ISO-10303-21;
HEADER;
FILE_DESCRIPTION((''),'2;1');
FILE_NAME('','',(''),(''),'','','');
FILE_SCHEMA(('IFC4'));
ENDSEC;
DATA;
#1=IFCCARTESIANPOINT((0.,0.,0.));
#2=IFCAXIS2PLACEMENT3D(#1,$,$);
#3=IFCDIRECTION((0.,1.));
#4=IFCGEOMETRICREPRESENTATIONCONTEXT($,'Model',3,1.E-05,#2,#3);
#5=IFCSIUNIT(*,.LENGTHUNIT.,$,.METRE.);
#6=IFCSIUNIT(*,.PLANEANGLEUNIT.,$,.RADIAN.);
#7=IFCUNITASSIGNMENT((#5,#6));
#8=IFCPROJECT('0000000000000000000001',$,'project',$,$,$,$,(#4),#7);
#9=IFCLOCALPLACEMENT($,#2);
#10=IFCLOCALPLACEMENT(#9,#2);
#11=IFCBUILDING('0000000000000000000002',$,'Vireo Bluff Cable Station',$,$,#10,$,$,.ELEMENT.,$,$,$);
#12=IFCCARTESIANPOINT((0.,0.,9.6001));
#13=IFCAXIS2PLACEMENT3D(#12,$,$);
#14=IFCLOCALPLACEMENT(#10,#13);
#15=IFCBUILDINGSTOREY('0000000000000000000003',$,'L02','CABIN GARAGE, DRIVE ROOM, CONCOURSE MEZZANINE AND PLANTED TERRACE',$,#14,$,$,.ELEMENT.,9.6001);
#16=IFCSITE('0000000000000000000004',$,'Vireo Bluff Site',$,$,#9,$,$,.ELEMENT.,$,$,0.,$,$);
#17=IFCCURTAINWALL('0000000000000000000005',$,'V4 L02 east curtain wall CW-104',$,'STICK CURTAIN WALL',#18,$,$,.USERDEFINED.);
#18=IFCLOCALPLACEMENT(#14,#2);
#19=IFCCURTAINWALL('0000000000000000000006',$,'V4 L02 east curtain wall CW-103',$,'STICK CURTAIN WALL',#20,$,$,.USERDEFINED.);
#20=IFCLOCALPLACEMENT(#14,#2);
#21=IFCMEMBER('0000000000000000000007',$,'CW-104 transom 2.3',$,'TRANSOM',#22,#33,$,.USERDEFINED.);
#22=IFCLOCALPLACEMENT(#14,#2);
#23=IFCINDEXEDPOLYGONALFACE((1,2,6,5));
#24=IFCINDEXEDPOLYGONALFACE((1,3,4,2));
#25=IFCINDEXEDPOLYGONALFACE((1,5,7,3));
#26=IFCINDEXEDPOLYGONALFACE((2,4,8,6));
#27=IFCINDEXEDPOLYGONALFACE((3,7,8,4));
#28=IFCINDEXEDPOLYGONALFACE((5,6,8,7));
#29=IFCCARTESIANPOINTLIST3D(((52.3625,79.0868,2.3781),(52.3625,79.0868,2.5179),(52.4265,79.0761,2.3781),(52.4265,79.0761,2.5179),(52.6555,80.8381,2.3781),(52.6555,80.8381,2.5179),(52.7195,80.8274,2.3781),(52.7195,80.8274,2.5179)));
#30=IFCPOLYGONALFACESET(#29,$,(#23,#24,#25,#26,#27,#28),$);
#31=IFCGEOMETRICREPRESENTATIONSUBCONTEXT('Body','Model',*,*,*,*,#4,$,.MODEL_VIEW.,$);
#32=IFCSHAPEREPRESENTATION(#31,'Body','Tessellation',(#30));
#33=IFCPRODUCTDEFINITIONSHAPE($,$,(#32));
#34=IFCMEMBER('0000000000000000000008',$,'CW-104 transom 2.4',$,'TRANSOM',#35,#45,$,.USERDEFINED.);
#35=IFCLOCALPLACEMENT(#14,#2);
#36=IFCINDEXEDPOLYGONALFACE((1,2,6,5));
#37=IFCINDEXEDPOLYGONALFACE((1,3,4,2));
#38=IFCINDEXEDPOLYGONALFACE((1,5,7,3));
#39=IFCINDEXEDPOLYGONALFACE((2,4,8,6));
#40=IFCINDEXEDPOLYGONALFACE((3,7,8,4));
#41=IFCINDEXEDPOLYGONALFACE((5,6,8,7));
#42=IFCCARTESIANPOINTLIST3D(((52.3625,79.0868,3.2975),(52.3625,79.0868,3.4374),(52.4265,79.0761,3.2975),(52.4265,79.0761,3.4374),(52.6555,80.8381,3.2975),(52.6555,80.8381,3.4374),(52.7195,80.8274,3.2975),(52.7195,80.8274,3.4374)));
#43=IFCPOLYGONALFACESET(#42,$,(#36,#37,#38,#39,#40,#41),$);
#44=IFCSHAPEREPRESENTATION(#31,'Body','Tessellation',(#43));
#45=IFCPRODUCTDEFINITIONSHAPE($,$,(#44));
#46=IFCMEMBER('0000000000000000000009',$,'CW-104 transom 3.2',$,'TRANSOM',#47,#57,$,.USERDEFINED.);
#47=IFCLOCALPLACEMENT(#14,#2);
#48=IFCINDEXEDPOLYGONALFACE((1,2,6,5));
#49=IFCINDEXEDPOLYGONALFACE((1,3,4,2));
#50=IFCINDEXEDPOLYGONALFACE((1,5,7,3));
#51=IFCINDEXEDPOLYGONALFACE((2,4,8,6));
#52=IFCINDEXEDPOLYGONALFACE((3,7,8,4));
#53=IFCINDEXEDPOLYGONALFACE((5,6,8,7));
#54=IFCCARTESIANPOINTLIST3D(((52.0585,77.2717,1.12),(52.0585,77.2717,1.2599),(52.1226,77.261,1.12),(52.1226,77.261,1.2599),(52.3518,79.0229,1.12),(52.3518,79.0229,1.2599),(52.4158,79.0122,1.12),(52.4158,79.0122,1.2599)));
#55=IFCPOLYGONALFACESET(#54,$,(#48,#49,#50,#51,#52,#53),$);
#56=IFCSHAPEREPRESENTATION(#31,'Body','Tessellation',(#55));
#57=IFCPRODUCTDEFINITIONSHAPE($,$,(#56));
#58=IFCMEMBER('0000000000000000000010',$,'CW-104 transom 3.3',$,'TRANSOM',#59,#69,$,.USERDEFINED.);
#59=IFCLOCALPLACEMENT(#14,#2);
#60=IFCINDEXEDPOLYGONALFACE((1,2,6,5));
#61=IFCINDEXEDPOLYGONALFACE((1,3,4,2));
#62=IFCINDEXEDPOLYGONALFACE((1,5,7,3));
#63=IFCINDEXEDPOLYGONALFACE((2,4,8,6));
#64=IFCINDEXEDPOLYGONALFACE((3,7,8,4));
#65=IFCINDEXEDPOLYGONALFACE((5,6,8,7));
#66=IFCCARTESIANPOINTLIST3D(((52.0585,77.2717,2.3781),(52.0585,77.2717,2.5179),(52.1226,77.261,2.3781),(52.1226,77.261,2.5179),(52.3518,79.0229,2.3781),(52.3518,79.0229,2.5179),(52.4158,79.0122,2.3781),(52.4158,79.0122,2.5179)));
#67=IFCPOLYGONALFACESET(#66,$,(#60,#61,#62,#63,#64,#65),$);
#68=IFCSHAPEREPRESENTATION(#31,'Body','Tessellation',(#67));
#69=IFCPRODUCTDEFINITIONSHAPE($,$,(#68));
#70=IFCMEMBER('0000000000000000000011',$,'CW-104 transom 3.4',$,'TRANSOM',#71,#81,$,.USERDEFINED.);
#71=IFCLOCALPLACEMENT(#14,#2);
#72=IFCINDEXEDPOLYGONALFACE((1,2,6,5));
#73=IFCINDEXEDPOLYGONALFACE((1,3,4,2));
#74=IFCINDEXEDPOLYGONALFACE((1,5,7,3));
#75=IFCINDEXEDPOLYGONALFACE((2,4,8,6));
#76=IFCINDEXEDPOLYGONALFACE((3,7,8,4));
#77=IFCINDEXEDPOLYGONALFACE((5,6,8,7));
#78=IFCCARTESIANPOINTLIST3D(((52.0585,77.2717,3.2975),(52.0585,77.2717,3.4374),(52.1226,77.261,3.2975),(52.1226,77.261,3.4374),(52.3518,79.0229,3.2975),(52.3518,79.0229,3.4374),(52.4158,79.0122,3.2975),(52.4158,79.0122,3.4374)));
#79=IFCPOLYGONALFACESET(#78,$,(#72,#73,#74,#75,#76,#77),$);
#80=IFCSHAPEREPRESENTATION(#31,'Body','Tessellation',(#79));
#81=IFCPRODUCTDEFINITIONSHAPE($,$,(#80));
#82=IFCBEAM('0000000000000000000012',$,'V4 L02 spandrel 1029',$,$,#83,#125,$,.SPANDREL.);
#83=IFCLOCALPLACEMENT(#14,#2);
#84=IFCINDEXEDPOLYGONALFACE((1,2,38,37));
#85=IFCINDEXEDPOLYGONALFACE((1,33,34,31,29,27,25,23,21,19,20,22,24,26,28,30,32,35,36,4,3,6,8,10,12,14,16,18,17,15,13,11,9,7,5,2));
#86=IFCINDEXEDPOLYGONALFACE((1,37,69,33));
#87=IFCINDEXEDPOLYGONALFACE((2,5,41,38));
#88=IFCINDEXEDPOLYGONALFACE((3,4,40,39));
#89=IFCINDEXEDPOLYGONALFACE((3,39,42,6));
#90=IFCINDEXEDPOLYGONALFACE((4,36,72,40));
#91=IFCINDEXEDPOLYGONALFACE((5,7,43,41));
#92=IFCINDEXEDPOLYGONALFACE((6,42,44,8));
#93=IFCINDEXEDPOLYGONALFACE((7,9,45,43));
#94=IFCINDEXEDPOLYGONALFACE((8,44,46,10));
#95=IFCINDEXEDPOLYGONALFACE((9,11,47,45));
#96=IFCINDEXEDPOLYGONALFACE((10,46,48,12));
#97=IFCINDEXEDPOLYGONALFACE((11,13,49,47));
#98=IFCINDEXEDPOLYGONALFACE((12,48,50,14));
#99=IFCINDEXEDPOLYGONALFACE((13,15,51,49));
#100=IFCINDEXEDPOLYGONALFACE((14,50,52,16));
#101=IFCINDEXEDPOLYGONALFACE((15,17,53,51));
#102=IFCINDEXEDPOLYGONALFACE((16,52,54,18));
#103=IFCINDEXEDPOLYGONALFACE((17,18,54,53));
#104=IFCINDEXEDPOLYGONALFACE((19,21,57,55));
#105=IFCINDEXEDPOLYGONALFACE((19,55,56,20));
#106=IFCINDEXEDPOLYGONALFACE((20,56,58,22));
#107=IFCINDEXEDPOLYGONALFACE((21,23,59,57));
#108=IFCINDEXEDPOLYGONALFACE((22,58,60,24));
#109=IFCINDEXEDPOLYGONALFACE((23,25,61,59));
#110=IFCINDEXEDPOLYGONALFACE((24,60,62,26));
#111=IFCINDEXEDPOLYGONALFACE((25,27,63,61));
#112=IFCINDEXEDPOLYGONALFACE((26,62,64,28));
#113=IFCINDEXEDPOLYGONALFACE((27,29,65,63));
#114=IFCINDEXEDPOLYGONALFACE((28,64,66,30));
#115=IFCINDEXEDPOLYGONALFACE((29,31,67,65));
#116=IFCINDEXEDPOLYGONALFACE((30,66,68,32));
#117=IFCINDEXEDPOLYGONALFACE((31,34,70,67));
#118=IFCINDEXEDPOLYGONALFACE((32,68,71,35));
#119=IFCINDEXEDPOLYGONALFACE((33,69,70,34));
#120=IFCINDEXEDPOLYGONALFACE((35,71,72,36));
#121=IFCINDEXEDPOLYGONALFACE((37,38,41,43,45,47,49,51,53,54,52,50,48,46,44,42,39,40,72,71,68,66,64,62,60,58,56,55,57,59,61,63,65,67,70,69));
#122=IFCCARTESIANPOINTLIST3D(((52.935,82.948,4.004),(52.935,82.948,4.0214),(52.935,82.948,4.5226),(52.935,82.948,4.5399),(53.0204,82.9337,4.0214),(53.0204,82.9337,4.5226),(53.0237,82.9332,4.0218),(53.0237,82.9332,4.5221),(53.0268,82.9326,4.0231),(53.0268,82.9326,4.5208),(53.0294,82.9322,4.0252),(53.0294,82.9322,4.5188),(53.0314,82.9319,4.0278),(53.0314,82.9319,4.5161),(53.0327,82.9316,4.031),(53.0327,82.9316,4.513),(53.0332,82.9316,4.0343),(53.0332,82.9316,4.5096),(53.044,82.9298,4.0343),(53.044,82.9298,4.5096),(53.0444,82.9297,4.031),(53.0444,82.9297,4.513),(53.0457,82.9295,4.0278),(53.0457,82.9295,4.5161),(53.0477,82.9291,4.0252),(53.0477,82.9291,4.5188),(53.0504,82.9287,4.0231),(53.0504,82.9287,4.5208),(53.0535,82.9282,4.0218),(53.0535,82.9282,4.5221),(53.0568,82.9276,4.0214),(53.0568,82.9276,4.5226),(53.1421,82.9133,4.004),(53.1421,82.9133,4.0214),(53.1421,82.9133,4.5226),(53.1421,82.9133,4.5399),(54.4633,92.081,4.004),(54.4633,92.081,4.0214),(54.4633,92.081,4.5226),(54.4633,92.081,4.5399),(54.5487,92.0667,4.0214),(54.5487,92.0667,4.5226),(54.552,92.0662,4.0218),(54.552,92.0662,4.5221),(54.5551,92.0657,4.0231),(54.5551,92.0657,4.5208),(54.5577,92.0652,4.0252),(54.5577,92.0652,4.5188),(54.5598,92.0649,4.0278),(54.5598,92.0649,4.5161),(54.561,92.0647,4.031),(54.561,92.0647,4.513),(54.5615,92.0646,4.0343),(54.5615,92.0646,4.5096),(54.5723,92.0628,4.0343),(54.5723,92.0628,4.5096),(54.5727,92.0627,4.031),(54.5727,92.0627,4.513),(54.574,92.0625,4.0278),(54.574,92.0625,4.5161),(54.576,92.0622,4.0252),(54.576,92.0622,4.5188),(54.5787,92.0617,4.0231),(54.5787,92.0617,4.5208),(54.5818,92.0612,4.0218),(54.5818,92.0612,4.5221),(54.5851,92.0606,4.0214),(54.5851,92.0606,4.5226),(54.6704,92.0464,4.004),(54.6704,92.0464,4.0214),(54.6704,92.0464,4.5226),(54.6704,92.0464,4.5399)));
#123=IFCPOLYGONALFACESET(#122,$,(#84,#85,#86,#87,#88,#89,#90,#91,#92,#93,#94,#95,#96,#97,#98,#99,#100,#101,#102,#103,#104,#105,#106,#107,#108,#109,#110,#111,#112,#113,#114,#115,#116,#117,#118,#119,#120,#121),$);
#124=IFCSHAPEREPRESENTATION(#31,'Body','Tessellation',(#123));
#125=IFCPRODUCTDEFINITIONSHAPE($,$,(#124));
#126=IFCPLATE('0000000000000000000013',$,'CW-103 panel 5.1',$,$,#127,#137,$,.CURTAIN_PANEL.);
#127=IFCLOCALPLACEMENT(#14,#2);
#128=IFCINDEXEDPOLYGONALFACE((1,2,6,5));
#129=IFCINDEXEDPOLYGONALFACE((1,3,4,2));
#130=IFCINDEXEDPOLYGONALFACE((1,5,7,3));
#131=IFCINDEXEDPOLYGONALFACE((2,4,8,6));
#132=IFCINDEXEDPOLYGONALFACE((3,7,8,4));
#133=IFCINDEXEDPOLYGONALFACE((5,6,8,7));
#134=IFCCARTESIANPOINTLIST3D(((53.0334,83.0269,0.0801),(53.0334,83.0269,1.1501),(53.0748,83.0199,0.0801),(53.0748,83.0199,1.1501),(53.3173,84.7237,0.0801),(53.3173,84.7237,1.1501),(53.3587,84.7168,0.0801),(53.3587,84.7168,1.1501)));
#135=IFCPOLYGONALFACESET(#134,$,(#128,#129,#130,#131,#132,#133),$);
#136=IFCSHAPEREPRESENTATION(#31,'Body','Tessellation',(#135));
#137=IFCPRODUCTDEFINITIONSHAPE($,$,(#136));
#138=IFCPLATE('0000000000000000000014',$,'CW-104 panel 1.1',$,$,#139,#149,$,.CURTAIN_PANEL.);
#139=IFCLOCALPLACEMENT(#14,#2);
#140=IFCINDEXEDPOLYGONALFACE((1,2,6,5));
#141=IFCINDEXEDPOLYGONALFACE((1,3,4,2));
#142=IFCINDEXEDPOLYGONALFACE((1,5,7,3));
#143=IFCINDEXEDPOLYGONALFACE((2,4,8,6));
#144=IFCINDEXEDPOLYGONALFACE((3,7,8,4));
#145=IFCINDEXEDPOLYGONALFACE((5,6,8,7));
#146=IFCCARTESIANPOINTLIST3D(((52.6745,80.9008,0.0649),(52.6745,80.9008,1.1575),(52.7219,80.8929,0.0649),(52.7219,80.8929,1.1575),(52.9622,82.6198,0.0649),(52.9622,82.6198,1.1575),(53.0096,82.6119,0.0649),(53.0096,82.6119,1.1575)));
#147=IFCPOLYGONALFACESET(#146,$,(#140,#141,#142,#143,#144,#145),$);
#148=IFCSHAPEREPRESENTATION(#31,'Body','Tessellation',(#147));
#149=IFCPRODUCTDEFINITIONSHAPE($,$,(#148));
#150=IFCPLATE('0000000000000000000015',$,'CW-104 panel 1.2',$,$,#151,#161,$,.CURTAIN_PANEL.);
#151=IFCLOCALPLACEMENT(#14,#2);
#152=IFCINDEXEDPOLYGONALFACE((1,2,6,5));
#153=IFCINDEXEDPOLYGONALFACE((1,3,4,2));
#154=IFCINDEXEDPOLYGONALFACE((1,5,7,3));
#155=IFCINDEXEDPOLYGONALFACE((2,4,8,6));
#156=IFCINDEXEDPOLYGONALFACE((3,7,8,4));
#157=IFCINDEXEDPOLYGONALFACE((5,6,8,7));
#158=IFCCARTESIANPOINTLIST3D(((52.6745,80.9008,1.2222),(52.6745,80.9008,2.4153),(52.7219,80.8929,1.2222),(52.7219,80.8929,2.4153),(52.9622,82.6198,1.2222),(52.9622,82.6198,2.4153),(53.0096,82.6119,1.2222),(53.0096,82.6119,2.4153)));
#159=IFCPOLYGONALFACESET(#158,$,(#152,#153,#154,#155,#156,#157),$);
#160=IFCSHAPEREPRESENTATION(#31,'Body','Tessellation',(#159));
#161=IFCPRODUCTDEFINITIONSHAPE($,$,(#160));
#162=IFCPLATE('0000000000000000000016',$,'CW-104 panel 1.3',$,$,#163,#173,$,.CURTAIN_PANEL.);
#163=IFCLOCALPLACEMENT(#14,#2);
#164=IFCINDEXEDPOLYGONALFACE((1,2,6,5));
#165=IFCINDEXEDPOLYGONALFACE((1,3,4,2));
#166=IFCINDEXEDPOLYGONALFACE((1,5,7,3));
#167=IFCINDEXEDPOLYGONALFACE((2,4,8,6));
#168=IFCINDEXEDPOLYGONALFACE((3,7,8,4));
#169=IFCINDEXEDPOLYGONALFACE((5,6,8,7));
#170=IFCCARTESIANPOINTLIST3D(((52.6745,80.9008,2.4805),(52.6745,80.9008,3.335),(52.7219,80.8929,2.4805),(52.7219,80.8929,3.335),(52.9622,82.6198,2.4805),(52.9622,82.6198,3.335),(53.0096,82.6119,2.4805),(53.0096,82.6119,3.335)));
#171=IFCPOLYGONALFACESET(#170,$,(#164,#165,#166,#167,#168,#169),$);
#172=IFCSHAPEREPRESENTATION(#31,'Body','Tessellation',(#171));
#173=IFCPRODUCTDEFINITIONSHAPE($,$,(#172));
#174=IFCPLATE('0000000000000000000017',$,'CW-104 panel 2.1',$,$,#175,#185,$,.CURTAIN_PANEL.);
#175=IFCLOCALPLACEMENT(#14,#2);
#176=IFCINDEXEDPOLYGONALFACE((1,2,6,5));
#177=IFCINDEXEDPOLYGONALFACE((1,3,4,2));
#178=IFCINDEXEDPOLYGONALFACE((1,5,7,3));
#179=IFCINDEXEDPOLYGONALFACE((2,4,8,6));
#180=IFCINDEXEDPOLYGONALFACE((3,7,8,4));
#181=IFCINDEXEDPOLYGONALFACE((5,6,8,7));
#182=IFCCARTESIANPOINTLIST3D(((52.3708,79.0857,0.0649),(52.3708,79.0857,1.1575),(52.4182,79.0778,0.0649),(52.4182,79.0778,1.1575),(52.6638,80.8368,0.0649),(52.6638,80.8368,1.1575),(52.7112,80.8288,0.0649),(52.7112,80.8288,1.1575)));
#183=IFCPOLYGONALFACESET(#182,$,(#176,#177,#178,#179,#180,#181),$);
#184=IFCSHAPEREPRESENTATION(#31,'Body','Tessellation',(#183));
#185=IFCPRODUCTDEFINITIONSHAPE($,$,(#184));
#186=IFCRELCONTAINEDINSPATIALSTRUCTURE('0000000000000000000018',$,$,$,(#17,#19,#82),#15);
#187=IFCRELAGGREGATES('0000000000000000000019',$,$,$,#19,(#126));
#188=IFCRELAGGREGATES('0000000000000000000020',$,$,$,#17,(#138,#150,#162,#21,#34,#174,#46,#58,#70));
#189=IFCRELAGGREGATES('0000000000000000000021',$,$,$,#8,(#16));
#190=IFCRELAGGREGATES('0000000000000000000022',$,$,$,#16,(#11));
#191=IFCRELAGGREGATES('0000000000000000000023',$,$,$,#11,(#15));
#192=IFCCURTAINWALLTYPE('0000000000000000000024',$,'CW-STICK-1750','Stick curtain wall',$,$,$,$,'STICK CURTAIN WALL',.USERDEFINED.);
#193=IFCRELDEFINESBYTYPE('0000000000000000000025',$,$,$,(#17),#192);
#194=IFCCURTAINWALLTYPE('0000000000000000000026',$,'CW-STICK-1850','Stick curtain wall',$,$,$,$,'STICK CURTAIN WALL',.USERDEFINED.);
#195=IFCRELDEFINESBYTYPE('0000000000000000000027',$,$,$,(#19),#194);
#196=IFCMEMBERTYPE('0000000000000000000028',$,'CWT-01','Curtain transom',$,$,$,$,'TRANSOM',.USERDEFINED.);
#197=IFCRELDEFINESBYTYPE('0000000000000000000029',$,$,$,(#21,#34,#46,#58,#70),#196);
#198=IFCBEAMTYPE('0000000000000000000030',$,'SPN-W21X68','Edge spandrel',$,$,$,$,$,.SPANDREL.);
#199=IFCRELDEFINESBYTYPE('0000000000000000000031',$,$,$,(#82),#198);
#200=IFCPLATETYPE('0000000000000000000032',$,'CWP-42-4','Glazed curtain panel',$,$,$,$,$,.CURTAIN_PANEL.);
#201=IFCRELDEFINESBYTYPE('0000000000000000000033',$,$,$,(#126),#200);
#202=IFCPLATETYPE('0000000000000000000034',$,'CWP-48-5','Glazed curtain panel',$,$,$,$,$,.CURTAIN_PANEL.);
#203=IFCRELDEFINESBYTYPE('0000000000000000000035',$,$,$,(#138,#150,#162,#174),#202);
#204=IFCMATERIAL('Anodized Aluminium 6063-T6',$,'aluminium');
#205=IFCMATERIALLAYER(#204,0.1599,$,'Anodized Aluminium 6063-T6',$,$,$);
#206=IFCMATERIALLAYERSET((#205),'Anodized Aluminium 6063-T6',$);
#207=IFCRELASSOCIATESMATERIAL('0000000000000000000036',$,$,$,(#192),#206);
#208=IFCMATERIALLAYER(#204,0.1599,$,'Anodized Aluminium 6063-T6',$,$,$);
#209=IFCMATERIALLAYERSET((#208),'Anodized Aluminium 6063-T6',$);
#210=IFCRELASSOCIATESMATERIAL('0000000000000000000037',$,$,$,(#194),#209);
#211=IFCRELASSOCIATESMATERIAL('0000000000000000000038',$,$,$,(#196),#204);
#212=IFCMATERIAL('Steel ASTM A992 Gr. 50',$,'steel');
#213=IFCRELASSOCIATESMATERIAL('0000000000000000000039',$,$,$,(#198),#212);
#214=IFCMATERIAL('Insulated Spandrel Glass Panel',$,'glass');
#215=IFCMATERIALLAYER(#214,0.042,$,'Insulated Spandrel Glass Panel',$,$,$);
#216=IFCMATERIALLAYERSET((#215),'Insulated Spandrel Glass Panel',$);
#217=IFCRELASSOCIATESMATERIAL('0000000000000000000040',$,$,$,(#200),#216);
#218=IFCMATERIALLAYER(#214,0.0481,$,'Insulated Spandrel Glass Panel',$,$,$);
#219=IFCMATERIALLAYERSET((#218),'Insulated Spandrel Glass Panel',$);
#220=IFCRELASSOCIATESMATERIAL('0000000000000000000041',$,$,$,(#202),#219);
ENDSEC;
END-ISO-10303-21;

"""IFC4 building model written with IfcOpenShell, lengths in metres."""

from ifc_helpers import new_model, si_unit, direction, frame, origin, origin_2d, place, context, subcontext, project, spatial, rectangle, i_section, extrude, material, layer, layer_set, material_profile, profile_set, type_object, element, aggregate, save


model = new_model("IFC4")

# Units and contexts
model_context = context("Model", 3, precision=1e-05, world=origin(), true_north=direction((0.0, 1.0)))
body_context = subcontext(model_context, "Body", "Model", "MODEL_VIEW")
ifc_project = project(units=[si_unit("LENGTHUNIT", "METRE"), si_unit("PLANEANGLEUNIT", "RADIAN")], contexts=[model_context])

# Site, building, storey
site_placement = place(None, origin())
site = spatial("IfcSite", under=ifc_project, at=site_placement, Name="Vireo Bluff Site", CompositionType="ELEMENT", RefElevation=0.0)
building_placement = place(site_placement, origin())
building = spatial("IfcBuilding", under=site, at=building_placement, Name="Vireo Bluff Cable Station", CompositionType="ELEMENT")
storey_placement = place(building_placement, frame((0.0, 0.0, 9.6001)))
storey = spatial("IfcBuildingStorey", under=building, at=storey_placement, Name="L02", Description="CABIN GARAGE, DRIVE ROOM, CONCOURSE MEZZANINE AND PLANTED TERRACE", CompositionType="ELEMENT", Elevation=9.6001)

# Shared definitions
ifc_material_1 = material(Name="Steel ASTM A992 Gr. 50", Category="steel")

# Curtain wall
ifc_material_2 = material(Name="Anodized Aluminium 6063-T6", Category="aluminium")
ifc_layer_1 = layer(ifc_material_2, 0.1599, Name="Anodized Aluminium 6063-T6")
ifc_layer_set_1 = layer_set([ifc_layer_1], Name="Anodized Aluminium 6063-T6")
curtain_wall_type_1 = type_object("IfcCurtainWallType", Name="CW-STICK-1750", Description="Stick curtain wall", ElementType="STICK CURTAIN WALL", PredefinedType="USERDEFINED", material=ifc_layer_set_1)
curtain_wall_1_placement = place(storey_placement, origin())
curtain_wall_1 = element("IfcCurtainWall", 1, at=curtain_wall_1_placement, inside=storey, type_object=curtain_wall_type_1, Name="V4 L02 east curtain wall CW-104", ObjectType="STICK CURTAIN WALL", PredefinedType="USERDEFINED")

# Curtain wall
ifc_layer_2 = layer(ifc_material_2, 0.1599, Name="Anodized Aluminium 6063-T6")
ifc_layer_set_2 = layer_set([ifc_layer_2], Name="Anodized Aluminium 6063-T6")
curtain_wall_type_2 = type_object("IfcCurtainWallType", Name="CW-STICK-1850", Description="Stick curtain wall", ElementType="STICK CURTAIN WALL", PredefinedType="USERDEFINED", material=ifc_layer_set_2)
curtain_wall_2_placement = place(storey_placement, origin())
curtain_wall_2 = element("IfcCurtainWall", 2, at=curtain_wall_2_placement, inside=storey, type_object=curtain_wall_type_2, Name="V4 L02 east curtain wall CW-103", ObjectType="STICK CURTAIN WALL", PredefinedType="USERDEFINED")

# Members
ifc_material_profile_1 = material_profile(ifc_material_2, rectangle(XDim=0.0649, YDim=0.1399, at=origin_2d()), Name="ALU-T-65X140")
ifc_profile_set_1 = profile_set([ifc_material_profile_1], Name="Anodized Aluminium 6063-T6")
member_type_1 = type_object("IfcMemberType", Name="CWT-01", Description="Curtain transom", ElementType="TRANSOM", PredefinedType="USERDEFINED", material=ifc_profile_set_1)
member_1_placement = place(storey_placement, frame((52.6875, 80.8328, 2.448), z_axis=(-0.165001, -0.986293, 0.0), x_axis=(0.986293, -0.165001, 0.0)))
member_1 = element("IfcMember", 3, at=member_1_placement, type_object=member_type_1, Name="CW-104 transom 2.3", ObjectType="TRANSOM", PredefinedType="USERDEFINED", context=body_context, shape_type="SweptSolid", body=[
    extrude(rectangle(XDim=0.0649, YDim=0.1399, at=origin_2d()), origin(), (0.0, 0.0, 1.0), 1.7756),
])
member_2_placement = place(storey_placement, frame((52.6875, 80.8328, 3.3674), z_axis=(-0.165001, -0.986293, 0.0), x_axis=(0.986293, -0.165001, 0.0)))
member_2 = element("IfcMember", 4, at=member_2_placement, type_object=member_type_1, Name="CW-104 transom 2.4", ObjectType="TRANSOM", PredefinedType="USERDEFINED", context=body_context, shape_type="SweptSolid", body=[
    extrude(rectangle(XDim=0.0649, YDim=0.1399, at=origin_2d()), origin(), (0.0, 0.0, 1.0), 1.7756),
])
member_3_placement = place(storey_placement, frame((52.3838, 79.0176, 1.1899), z_axis=(-0.165135, -0.986271, 0.0), x_axis=(0.986271, -0.165135, 0.0)))
member_3 = element("IfcMember", 5, at=member_3_placement, type_object=member_type_1, Name="CW-104 transom 3.2", ObjectType="TRANSOM", PredefinedType="USERDEFINED", context=body_context, shape_type="SweptSolid", body=[
    extrude(rectangle(XDim=0.0649, YDim=0.1399, at=origin_2d()), origin(), (0.0, 0.0, 1.0), 1.7756),
])
member_4_placement = place(storey_placement, frame((52.3838, 79.0176, 2.448), z_axis=(-0.165135, -0.986271, 0.0), x_axis=(0.986271, -0.165135, 0.0)))
member_4 = element("IfcMember", 6, at=member_4_placement, type_object=member_type_1, Name="CW-104 transom 3.3", ObjectType="TRANSOM", PredefinedType="USERDEFINED", context=body_context, shape_type="SweptSolid", body=[
    extrude(rectangle(XDim=0.0649, YDim=0.1399, at=origin_2d()), origin(), (0.0, 0.0, 1.0), 1.7756),
])
member_5_placement = place(storey_placement, frame((52.3838, 79.0176, 3.3674), z_axis=(-0.165135, -0.986271, 0.0), x_axis=(0.986271, -0.165135, 0.0)))
member_5 = element("IfcMember", 7, at=member_5_placement, type_object=member_type_1, Name="CW-104 transom 3.4", ObjectType="TRANSOM", PredefinedType="USERDEFINED", context=body_context, shape_type="SweptSolid", body=[
    extrude(rectangle(XDim=0.0649, YDim=0.1399, at=origin_2d()), origin(), (0.0, 0.0, 1.0), 1.7756),
])

# Beam
ifc_material_profile_2 = material_profile(ifc_material_1, i_section(OverallWidth=0.21, OverallDepth=0.5359, WebThickness=0.011, FlangeThickness=0.0173, FilletRadius=0.0129, at=origin_2d()), Name="W21X68")
ifc_profile_set_2 = profile_set([ifc_material_profile_2], Name="Steel ASTM A992 Gr. 50")
beam_type = type_object("IfcBeamType", Name="SPN-W21X68", Description="Edge spandrel", PredefinedType="SPANDREL", material=ifc_profile_set_2)
beam_placement = place(storey_placement, frame((53.0386, 82.9307, 4.272), z_axis=(0.165045, 0.986286, 0.0), x_axis=(-0.986286, 0.165045, 0.0)))
element("IfcBeam", 8, at=beam_placement, inside=storey, type_object=beam_type, Name="V4 L02 spandrel 1029", PredefinedType="SPANDREL", context=body_context, shape_type="SweptSolid", body=[
    extrude(i_section(OverallWidth=0.21, OverallDepth=0.5359, WebThickness=0.011, FlangeThickness=0.0173, FilletRadius=0.0129, at=origin_2d()), origin(), (0.0, 0.0, 1.0), 9.26),
])

# Plates
ifc_material_3 = material(Name="Insulated Spandrel Glass Panel", Category="glass")
ifc_layer_3 = layer(ifc_material_3, 0.042, Name="Insulated Spandrel Glass Panel")
ifc_layer_set_3 = layer_set([ifc_layer_3], Name="Insulated Spandrel Glass Panel")
plate_type_1 = type_object("IfcPlateType", Name="CWP-42-4", Description="Glazed curtain panel", PredefinedType="CURTAIN_PANEL", material=ifc_layer_set_3)
plate_1_placement = place(storey_placement, frame((53.196, 83.8718, 0.0801), z_axis=(0.0, 0.0, 1.0), x_axis=(-0.165048, -0.986286, 0.0)))
plate_1 = element("IfcPlate", 9, at=plate_1_placement, type_object=plate_type_1, Name="CW-103 panel 5.1", PredefinedType="CURTAIN_PANEL", context=body_context, shape_type="SweptSolid", body=[
    extrude(rectangle(XDim=1.7205, YDim=0.042, at=origin_2d()), origin(), (0.0, 0.0, 1.0), 1.0701),
])
aggregate(curtain_wall_2, [plate_1])
ifc_layer_4 = layer(ifc_material_3, 0.0481, Name="Insulated Spandrel Glass Panel")
ifc_layer_set_4 = layer_set([ifc_layer_4], Name="Insulated Spandrel Glass Panel")
plate_type_2 = type_object("IfcPlateType", Name="CWP-48-5", Description="Glazed curtain panel", PredefinedType="CURTAIN_PANEL", material=ifc_layer_set_4)
plate_2_placement = place(storey_placement, frame((52.842, 81.7563, 0.0649), z_axis=(0.0, 0.0, 1.0), x_axis=(-0.165048, -0.986286, 0.0)))
plate_2 = element("IfcPlate", 10, at=plate_2_placement, type_object=plate_type_2, Name="CW-104 panel 1.1", PredefinedType="CURTAIN_PANEL", context=body_context, shape_type="SweptSolid", body=[
    extrude(rectangle(XDim=1.7429, YDim=0.0481, at=origin_2d()), origin(), (0.0, 0.0, 1.0), 1.0925),
])
plate_3_placement = place(storey_placement, frame((52.842, 81.7563, 1.2222), z_axis=(0.0, 0.0, 1.0), x_axis=(-0.165048, -0.986286, 0.0)))
plate_3 = element("IfcPlate", 11, at=plate_3_placement, type_object=plate_type_2, Name="CW-104 panel 1.2", PredefinedType="CURTAIN_PANEL", context=body_context, shape_type="SweptSolid", body=[
    extrude(rectangle(XDim=1.7429, YDim=0.0481, at=origin_2d()), origin(), (0.0, 0.0, 1.0), 1.1931),
])
plate_4_placement = place(storey_placement, frame((52.842, 81.7563, 2.4805), z_axis=(0.0, 0.0, 1.0), x_axis=(-0.165048, -0.986286, 0.0)))
plate_4 = element("IfcPlate", 12, at=plate_4_placement, type_object=plate_type_2, Name="CW-104 panel 1.3", PredefinedType="CURTAIN_PANEL", context=body_context, shape_type="SweptSolid", body=[
    extrude(rectangle(XDim=1.7429, YDim=0.0481, at=origin_2d()), origin(), (0.0, 0.0, 1.0), 0.8545),
])
plate_5_placement = place(storey_placement, frame((52.541, 79.9573, 0.0649), z_axis=(0.0, 0.0, 1.0), x_axis=(-0.165048, -0.986286, 0.0)))
plate_5 = element("IfcPlate", 13, at=plate_5_placement, type_object=plate_type_2, Name="CW-104 panel 2.1", PredefinedType="CURTAIN_PANEL", context=body_context, shape_type="SweptSolid", body=[
    extrude(rectangle(XDim=1.7754, YDim=0.0481, at=origin_2d()), origin(), (0.0, 0.0, 1.0), 1.0925),
])
aggregate(curtain_wall_1, [plate_2, plate_3, plate_4, member_1, member_2, plate_5, member_3, member_4, member_5])

save(model, "model.ifc")
